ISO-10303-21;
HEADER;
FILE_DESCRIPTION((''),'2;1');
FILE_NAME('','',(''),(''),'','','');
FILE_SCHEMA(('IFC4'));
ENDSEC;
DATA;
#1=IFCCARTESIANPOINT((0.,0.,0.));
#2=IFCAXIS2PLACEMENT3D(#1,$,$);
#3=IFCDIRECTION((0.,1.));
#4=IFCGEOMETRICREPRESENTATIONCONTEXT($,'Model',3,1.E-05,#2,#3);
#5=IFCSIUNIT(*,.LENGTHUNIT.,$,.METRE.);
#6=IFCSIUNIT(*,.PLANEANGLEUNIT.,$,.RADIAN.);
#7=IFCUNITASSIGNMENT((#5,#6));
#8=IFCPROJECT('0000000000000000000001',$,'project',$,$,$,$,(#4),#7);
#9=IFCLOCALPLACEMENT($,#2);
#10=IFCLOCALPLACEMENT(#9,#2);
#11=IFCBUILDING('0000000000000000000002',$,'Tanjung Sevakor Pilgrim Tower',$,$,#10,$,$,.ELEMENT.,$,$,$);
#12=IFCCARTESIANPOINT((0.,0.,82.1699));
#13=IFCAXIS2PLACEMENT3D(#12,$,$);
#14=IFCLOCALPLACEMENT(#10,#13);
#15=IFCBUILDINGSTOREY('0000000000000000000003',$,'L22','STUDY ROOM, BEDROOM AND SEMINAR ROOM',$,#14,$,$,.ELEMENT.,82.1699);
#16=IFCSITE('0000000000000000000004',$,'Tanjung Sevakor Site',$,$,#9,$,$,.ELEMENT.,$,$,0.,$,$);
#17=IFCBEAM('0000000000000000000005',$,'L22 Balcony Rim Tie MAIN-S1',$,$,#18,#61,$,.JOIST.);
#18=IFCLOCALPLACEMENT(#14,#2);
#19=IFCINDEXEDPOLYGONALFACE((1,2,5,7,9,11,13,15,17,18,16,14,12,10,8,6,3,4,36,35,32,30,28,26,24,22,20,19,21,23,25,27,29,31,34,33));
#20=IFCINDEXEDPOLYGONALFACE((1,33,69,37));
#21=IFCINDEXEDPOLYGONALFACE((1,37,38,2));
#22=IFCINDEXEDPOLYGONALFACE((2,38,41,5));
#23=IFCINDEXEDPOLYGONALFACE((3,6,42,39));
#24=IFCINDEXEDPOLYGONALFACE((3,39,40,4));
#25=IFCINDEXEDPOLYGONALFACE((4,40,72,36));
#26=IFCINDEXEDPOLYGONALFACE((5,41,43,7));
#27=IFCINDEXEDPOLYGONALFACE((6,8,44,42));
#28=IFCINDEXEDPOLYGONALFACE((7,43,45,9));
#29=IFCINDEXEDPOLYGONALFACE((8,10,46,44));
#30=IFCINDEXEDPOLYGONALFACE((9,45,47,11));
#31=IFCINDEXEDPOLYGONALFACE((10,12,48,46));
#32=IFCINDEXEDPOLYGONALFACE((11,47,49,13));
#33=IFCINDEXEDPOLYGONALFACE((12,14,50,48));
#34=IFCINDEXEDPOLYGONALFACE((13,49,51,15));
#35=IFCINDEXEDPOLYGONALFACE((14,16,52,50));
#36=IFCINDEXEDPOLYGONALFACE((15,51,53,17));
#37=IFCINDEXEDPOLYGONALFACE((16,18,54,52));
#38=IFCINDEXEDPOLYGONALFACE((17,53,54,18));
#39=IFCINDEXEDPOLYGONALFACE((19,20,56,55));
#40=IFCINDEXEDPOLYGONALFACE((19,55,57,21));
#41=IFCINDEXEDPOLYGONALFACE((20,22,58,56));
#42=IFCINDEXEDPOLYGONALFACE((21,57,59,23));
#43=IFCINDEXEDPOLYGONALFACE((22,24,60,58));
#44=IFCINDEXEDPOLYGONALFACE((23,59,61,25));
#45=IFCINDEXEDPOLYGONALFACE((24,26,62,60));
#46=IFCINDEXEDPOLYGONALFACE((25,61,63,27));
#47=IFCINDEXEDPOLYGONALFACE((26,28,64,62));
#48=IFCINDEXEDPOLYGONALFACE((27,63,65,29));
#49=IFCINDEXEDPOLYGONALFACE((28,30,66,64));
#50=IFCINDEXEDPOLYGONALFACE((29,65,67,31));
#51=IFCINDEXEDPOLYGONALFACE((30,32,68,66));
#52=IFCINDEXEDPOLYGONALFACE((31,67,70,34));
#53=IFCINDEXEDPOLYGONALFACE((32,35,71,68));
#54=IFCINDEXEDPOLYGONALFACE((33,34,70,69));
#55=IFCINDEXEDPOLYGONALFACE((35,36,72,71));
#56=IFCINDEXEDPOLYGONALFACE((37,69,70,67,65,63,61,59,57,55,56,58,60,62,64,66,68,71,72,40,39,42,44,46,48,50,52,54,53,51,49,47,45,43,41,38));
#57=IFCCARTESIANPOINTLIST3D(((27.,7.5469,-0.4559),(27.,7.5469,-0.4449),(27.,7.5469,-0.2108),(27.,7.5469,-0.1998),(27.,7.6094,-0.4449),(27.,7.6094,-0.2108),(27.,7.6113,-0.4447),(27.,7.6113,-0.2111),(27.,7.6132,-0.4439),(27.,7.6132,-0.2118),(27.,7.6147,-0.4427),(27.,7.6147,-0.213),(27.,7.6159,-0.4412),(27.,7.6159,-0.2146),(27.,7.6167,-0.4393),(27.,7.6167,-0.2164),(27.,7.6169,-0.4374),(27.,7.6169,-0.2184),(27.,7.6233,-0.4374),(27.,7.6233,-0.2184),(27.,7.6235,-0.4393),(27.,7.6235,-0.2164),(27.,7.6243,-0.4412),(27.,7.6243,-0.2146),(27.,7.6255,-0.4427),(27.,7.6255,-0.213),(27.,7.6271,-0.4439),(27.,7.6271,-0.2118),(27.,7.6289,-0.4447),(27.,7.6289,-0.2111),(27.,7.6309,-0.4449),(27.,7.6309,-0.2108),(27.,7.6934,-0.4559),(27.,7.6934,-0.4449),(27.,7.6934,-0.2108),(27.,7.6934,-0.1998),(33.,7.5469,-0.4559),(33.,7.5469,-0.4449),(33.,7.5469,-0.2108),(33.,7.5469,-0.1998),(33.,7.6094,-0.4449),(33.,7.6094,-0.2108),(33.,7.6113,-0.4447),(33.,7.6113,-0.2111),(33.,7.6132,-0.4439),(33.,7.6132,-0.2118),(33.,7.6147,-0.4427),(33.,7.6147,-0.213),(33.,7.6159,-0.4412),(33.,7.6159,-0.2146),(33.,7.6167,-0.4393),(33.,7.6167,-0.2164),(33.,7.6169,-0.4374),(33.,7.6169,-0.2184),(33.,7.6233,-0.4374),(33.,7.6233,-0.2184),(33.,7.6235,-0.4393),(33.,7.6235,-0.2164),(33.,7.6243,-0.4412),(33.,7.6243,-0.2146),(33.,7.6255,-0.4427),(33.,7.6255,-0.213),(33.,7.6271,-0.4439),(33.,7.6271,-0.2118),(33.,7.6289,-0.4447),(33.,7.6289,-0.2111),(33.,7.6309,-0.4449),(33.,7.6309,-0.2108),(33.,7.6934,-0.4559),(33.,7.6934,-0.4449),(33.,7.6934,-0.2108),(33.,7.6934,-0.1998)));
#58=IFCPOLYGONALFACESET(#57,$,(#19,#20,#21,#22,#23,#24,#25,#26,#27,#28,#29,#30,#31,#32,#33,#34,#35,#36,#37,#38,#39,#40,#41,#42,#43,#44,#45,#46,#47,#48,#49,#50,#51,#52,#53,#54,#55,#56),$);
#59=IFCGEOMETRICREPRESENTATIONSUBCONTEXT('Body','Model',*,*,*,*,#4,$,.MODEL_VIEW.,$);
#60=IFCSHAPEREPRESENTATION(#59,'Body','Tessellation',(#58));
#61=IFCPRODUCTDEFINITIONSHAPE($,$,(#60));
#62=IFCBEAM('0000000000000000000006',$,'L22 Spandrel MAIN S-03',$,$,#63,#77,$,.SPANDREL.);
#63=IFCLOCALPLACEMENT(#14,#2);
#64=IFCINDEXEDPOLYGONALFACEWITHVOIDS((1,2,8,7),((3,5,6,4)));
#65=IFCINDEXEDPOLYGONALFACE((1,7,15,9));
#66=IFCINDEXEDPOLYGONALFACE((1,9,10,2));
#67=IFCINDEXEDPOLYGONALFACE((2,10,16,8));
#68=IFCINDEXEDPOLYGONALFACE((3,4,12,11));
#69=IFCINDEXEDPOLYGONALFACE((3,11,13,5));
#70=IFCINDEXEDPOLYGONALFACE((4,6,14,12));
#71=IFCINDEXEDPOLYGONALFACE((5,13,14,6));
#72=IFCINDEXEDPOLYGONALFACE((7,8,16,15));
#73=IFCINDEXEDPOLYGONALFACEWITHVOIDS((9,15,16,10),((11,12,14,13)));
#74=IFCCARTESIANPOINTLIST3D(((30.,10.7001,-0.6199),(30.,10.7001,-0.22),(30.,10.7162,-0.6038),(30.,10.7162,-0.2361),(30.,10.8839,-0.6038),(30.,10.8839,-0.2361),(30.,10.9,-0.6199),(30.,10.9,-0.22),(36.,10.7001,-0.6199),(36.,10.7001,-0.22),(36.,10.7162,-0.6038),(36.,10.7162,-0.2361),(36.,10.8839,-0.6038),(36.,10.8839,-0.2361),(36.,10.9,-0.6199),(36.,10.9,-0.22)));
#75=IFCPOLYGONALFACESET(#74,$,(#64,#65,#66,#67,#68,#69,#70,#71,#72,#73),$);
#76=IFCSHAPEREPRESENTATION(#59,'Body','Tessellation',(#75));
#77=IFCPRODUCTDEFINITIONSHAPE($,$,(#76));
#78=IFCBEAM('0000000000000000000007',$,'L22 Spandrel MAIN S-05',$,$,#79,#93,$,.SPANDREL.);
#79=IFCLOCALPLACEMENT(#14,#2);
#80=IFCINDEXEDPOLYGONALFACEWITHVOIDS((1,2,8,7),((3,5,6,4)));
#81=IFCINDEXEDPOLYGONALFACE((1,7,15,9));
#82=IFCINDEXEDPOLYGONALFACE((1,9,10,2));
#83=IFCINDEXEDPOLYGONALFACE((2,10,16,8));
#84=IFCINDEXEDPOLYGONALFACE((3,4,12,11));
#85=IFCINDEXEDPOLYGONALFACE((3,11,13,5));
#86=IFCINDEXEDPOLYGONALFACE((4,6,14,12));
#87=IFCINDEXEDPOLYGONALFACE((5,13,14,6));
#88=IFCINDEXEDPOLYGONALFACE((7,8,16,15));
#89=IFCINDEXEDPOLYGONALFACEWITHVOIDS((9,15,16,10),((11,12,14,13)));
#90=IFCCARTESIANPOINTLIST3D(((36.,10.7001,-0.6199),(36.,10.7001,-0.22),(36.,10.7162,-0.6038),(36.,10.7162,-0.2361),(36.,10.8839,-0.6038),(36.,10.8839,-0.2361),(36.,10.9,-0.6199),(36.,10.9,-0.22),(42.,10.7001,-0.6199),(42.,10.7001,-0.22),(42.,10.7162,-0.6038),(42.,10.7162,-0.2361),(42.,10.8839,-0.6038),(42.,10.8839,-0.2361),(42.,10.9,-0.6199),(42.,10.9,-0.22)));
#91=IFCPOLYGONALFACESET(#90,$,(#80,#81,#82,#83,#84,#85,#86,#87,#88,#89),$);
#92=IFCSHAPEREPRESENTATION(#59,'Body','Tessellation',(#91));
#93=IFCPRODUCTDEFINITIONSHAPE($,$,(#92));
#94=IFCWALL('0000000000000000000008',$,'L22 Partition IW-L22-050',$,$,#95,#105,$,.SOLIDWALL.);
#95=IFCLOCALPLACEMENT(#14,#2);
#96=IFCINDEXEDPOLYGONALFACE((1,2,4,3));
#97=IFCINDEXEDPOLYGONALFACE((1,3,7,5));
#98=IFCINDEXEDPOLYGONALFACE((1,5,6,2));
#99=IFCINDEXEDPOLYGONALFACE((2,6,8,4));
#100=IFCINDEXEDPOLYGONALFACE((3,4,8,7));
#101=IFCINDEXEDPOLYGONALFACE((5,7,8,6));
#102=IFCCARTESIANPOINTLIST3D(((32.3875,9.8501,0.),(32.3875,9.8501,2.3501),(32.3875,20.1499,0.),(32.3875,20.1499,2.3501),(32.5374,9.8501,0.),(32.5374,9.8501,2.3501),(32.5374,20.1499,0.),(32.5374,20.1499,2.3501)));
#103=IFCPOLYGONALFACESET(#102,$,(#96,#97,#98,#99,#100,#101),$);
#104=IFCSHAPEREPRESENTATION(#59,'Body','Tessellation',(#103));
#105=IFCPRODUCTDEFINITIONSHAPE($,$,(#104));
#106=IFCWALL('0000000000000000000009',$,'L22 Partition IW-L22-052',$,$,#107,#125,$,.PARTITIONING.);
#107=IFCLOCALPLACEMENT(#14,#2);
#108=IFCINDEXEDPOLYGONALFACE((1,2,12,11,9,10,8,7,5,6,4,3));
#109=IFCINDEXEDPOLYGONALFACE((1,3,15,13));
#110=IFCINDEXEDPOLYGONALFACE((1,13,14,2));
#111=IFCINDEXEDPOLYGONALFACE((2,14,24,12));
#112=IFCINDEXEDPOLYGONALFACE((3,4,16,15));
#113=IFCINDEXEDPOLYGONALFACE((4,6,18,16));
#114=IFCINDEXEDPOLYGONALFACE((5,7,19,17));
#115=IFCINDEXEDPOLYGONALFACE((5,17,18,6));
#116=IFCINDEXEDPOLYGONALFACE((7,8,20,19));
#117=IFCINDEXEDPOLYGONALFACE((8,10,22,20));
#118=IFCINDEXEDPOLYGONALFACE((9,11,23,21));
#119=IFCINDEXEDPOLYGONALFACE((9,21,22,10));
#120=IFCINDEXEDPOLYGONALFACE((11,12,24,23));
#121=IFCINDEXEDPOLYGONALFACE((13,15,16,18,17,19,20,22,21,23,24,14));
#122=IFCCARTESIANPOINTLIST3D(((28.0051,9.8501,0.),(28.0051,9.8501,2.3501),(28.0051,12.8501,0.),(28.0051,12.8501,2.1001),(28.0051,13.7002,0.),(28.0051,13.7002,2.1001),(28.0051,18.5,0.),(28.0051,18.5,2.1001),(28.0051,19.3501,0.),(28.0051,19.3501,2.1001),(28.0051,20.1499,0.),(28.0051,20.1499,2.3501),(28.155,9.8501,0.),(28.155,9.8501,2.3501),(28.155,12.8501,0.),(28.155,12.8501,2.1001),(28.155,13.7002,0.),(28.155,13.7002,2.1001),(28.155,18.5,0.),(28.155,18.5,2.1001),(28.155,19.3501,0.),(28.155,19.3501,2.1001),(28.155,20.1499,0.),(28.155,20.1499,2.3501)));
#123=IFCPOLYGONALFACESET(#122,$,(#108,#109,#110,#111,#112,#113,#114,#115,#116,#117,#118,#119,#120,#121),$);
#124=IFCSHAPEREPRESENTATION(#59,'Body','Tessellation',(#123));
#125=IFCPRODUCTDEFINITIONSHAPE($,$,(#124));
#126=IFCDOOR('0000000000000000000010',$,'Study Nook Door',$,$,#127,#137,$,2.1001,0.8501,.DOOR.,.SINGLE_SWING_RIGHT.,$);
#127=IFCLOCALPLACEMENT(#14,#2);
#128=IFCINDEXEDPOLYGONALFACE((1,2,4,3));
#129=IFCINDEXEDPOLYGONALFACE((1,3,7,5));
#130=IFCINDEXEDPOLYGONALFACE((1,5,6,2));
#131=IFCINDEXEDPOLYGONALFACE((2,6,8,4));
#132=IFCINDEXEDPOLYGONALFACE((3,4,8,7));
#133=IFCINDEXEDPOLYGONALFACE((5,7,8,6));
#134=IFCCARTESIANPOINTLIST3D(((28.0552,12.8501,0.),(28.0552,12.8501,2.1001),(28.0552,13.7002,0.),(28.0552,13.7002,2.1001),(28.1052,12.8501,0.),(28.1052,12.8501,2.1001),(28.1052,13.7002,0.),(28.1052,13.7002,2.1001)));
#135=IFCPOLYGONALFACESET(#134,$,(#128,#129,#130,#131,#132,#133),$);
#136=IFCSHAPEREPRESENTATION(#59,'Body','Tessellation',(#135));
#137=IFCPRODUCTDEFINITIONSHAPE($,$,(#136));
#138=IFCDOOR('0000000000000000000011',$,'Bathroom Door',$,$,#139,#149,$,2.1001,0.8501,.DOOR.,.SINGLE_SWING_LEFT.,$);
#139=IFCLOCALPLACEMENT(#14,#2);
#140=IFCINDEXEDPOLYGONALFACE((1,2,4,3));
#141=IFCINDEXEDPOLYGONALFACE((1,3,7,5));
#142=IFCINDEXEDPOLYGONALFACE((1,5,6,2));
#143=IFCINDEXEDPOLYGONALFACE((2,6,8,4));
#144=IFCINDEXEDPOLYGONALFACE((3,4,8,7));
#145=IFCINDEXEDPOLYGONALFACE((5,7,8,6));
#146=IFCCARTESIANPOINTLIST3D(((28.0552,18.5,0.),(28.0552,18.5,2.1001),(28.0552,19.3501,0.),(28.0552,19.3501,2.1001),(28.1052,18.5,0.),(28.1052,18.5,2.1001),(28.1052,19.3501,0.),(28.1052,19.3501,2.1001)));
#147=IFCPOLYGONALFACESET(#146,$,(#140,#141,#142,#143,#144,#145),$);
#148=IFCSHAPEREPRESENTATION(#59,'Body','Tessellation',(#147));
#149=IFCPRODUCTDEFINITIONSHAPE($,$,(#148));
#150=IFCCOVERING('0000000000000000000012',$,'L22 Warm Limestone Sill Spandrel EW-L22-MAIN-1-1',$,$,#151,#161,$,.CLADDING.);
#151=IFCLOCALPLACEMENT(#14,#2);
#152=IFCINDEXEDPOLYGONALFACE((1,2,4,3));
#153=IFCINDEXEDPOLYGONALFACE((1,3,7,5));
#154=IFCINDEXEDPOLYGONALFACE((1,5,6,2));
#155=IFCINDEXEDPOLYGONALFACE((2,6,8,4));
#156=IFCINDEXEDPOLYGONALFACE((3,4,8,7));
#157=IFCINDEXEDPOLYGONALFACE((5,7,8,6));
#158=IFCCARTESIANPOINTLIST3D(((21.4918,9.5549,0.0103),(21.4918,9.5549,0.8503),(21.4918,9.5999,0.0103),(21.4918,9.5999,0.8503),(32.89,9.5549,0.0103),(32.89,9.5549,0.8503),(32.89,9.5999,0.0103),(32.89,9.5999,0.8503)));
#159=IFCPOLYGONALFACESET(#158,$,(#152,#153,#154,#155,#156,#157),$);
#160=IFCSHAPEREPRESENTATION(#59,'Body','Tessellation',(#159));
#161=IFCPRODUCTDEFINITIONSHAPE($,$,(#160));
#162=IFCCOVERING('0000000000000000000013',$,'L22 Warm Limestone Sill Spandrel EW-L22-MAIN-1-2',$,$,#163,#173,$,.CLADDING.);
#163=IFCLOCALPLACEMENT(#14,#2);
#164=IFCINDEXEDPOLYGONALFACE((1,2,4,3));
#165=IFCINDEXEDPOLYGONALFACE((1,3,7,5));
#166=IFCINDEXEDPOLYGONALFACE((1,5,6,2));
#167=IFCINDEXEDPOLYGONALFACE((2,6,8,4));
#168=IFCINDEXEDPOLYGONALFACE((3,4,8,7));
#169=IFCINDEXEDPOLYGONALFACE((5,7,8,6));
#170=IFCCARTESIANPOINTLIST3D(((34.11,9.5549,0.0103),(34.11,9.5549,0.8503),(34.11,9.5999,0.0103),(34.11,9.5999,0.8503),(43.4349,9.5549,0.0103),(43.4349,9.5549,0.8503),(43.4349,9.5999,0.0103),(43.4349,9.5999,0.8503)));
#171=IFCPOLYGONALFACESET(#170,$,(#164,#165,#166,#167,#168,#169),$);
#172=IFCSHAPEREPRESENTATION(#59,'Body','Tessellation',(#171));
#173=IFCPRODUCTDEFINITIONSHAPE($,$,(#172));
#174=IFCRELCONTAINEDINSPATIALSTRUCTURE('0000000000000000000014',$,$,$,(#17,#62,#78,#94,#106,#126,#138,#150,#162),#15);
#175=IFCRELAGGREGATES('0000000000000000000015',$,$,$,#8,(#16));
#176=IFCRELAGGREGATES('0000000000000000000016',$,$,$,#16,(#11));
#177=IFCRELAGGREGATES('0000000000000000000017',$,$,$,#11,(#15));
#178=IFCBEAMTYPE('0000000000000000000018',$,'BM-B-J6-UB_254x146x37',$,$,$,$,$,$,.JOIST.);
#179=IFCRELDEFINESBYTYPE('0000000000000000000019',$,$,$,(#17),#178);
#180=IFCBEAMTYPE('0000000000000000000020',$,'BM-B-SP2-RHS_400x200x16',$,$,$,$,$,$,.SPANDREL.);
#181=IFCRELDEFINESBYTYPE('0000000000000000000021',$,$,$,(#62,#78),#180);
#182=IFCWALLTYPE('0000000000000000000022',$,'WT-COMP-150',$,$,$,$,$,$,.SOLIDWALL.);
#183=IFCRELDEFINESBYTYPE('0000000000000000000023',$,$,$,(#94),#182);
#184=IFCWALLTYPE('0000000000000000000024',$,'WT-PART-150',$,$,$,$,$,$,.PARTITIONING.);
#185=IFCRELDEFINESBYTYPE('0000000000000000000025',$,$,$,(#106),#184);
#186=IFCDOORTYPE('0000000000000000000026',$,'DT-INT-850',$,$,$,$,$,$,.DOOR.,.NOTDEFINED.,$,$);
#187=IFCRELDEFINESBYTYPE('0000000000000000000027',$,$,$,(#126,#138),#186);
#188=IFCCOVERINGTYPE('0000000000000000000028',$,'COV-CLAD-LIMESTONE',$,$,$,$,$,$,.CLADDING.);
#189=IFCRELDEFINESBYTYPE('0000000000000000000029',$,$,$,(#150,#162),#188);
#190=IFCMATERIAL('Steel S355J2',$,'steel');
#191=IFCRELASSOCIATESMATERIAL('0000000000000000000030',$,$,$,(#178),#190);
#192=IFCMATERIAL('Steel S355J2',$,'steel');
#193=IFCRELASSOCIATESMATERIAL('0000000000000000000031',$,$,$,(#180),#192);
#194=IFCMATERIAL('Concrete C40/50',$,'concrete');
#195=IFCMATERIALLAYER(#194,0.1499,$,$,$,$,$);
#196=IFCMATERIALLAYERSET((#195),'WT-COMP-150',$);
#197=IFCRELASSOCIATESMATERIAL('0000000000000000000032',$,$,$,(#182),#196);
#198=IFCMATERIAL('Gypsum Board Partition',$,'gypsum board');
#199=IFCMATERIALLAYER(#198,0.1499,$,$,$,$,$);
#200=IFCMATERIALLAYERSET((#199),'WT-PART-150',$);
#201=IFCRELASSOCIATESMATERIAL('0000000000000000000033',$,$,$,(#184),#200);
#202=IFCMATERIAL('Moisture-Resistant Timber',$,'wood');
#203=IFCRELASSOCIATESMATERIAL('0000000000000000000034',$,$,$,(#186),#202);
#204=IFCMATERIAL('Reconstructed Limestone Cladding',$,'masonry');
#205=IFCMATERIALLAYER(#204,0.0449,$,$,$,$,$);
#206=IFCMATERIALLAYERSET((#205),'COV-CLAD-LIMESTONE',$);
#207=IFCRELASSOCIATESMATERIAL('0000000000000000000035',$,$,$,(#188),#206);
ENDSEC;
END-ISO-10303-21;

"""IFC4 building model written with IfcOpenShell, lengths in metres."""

from ifc_helpers import new_model, si_unit, direction, frame, frame_2d, origin, origin_2d, place, context, subcontext, project, spatial, rectangle, hollow_rectangle, i_section, extrude, material, layer, layer_set, material_profile, profile_set, type_object, element, fill, save


model = new_model("IFC4")

# Units and contexts
model_context = context("Model", 3, precision=1e-05, world=origin(), true_north=direction((0.0, 1.0)))
body_context = subcontext(model_context, "Body", "Model", "MODEL_VIEW")
ifc_project = project(units=[si_unit("LENGTHUNIT", "METRE"), si_unit("PLANEANGLEUNIT", "RADIAN")], contexts=[model_context])

# Site, building, storey
site_placement = place(None, origin())
site = spatial("IfcSite", under=ifc_project, at=site_placement, Name="Tanjung Sevakor Site", CompositionType="ELEMENT", RefElevation=0.0)
building_placement = place(site_placement, origin())
building = spatial("IfcBuilding", under=site, at=building_placement, Name="Tanjung Sevakor Pilgrim Tower", CompositionType="ELEMENT")
storey_placement = place(building_placement, frame((0.0, 0.0, 82.1699)))
storey = spatial("IfcBuildingStorey", under=building, at=storey_placement, Name="L22", Description="STUDY ROOM, BEDROOM AND SEMINAR ROOM", CompositionType="ELEMENT", Elevation=82.1699)

# Beams
ifc_material_1 = material(Name="Steel S355J2", Category="steel")
ifc_material_profile_1 = material_profile(ifc_material_1, i_section(OverallWidth=0.1465, OverallDepth=0.2561, WebThickness=0.0063, FlangeThickness=0.011, FilletRadius=0.0076, at=origin_2d()))
ifc_profile_set_1 = profile_set([ifc_material_profile_1], Name="Steel S355J2")
beam_type_1 = type_object("IfcBeamType", Name="BM-B-J6-UB_254x146x37", PredefinedType="JOIST", material=ifc_profile_set_1)
beam_1_placement = place(storey_placement, frame((27.0, 7.6201, -0.3279), z_axis=(1.0, 0.0, 0.0), x_axis=(0.0, 1.0, 0.0)))
element("IfcBeam", 1, at=beam_1_placement, inside=storey, type_object=beam_type_1, Name="L22 Balcony Rim Tie MAIN-S1", PredefinedType="JOIST", context=body_context, shape_type="SweptSolid", body=[
    extrude(i_section(OverallWidth=0.1465, OverallDepth=0.2561, WebThickness=0.0063, FlangeThickness=0.011, FilletRadius=0.0076, at=origin_2d()), origin(), (0.0, 0.0, 1.0), 6.0),
])
ifc_material_2 = material(Name="Steel S355J2", Category="steel")
ifc_material_profile_2 = material_profile(ifc_material_2, hollow_rectangle(XDim=0.2, YDim=0.3999, WallThickness=0.0161, at=origin_2d()))
ifc_profile_set_2 = profile_set([ifc_material_profile_2], Name="Steel S355J2")
beam_type_2 = type_object("IfcBeamType", Name="BM-B-SP2-RHS_400x200x16", PredefinedType="SPANDREL", material=ifc_profile_set_2)
for number, where, z_axis, x_axis, name in (
    (2, (30.0, 10.8, -0.4199), (1.0, 0.0, 0.0), (0.0, 1.0, 0.0), "L22 Spandrel MAIN S-03"),
    (3, (36.0, 10.8, -0.4199), (1.0, 0.0, 0.0), (0.0, 1.0, 0.0), "L22 Spandrel MAIN S-05"),
):
    element("IfcBeam", number, at=place(storey_placement, frame(where, z_axis=z_axis, x_axis=x_axis)), inside=storey, type_object=beam_type_2, Name=name, PredefinedType="SPANDREL", context=body_context, shape_type="SweptSolid", body=[
        extrude(hollow_rectangle(XDim=0.2, YDim=0.3999, WallThickness=0.0161, at=origin_2d()), origin(), (0.0, 0.0, 1.0), 6.0),
    ])

# Wall
ifc_material_3 = material(Name="Concrete C40/50", Category="concrete")
ifc_layer_1 = layer(ifc_material_3, 0.1499)
ifc_layer_set_1 = layer_set([ifc_layer_1], Name="WT-COMP-150")
wall_type_1 = type_object("IfcWallType", Name="WT-COMP-150", PredefinedType="SOLIDWALL", material=ifc_layer_set_1)
wall_1_placement = place(storey_placement, frame((32.4624, 9.8501, 0.0), z_axis=(0.0, 0.0, 1.0), x_axis=(0.0, 1.0, 0.0)))
element("IfcWall", 4, at=wall_1_placement, inside=storey, type_object=wall_type_1, Name="L22 Partition IW-L22-050", PredefinedType="SOLIDWALL", context=body_context, shape_type="SweptSolid", body=[
    extrude(rectangle(XDim=10.2998, YDim=0.1499, at=frame_2d((5.1499, 0.0))), origin(), (0.0, 0.0, 1.0), 2.3501),
])

# Wall, openings, doors
ifc_material_4 = material(Name="Gypsum Board Partition", Category="gypsum board")
ifc_layer_2 = layer(ifc_material_4, 0.1499)
ifc_layer_set_2 = layer_set([ifc_layer_2], Name="WT-PART-150")
wall_type_2 = type_object("IfcWallType", Name="WT-PART-150", PredefinedType="PARTITIONING", material=ifc_layer_set_2)
wall_2_placement = place(storey_placement, frame((28.0801, 9.8501, 0.0), z_axis=(0.0, 0.0, 1.0), x_axis=(0.0, 1.0, 0.0)))
wall_2 = element("IfcWall", 5, at=wall_2_placement, inside=storey, type_object=wall_type_2, Name="L22 Partition IW-L22-052", PredefinedType="PARTITIONING", context=body_context, shape_type="SweptSolid", body=[
    extrude(rectangle(XDim=10.2998, YDim=0.1499, at=frame_2d((5.1499, 0.0))), origin(), (0.0, 0.0, 1.0), 2.3501),
])
opening_1_placement = place(wall_2_placement, frame((3.0, 0.0, 0.0)))
opening_1 = element("IfcOpeningElement", 6, at=opening_1_placement, cuts=wall_2, PredefinedType="OPENING", context=body_context, shape_type="SweptSolid", body=[
    extrude(rectangle(XDim=0.8501, YDim=2.1001, at=frame_2d((0.425, 1.05))), frame((0.0, 0.085, 0.0), z_axis=(0.0, -1.0, 0.0), x_axis=(1.0, 0.0, 0.0)), (0.0, 0.0, 1.0), 0.1699),
])
opening_2_placement = place(wall_2_placement, frame((8.6499, 0.0, 0.0)))
opening_2 = element("IfcOpeningElement", 7, at=opening_2_placement, cuts=wall_2, PredefinedType="OPENING", context=body_context, shape_type="SweptSolid", body=[
    extrude(rectangle(XDim=0.8501, YDim=2.1001, at=frame_2d((0.425, 1.05))), frame((0.0, 0.085, 0.0), z_axis=(0.0, -1.0, 0.0), x_axis=(1.0, 0.0, 0.0)), (0.0, 0.0, 1.0), 0.1699),
])
ifc_material_5 = material(Name="Moisture-Resistant Timber", Category="wood")
door_type = type_object("IfcDoorType", Name="DT-INT-850", OperationType="NOTDEFINED", PredefinedType="DOOR", material=ifc_material_5)
door_1_placement = place(opening_1_placement, origin())
door_1 = element("IfcDoor", 8, at=door_1_placement, inside=storey, type_object=door_type, Name="Study Nook Door", OperationType="SINGLE_SWING_RIGHT", OverallHeight=2.1001, OverallWidth=0.8501, PredefinedType="DOOR", context=body_context, shape_type="SweptSolid", body=[
    extrude(rectangle(XDim=0.8501, YDim=2.1001, at=frame_2d((0.425, 1.05))), frame((0.0, 0.0249, 0.0), z_axis=(0.0, -1.0, 0.0), x_axis=(1.0, 0.0, 0.0)), (0.0, 0.0, 1.0), 0.05),
])
fill(opening_1, door_1)
door_2_placement = place(opening_2_placement, origin())
door_2 = element("IfcDoor", 9, at=door_2_placement, inside=storey, type_object=door_type, Name="Bathroom Door", OperationType="SINGLE_SWING_LEFT", OverallHeight=2.1001, OverallWidth=0.8501, PredefinedType="DOOR", context=body_context, shape_type="SweptSolid", body=[
    extrude(rectangle(XDim=0.8501, YDim=2.1001, at=frame_2d((0.425, 1.05))), frame((0.0, 0.0249, 0.0), z_axis=(0.0, -1.0, 0.0), x_axis=(1.0, 0.0, 0.0)), (0.0, 0.0, 1.0), 0.05),
])
fill(opening_2, door_2)

# Coverings
ifc_material_6 = material(Name="Reconstructed Limestone Cladding", Category="masonry")
ifc_layer_3 = layer(ifc_material_6, 0.0449)
ifc_layer_set_3 = layer_set([ifc_layer_3], Name="COV-CLAD-LIMESTONE")
covering_type = type_object("IfcCoveringType", Name="COV-CLAD-LIMESTONE", PredefinedType="CLADDING", material=ifc_layer_set_3)
covering_1_placement = place(storey_placement, frame((27.1909, 9.5774, 0.0103), z_axis=(0.0, 0.0, 1.0), x_axis=(1.0, 0.0, 0.0)))
element("IfcCovering", 10, at=covering_1_placement, inside=storey, type_object=covering_type, Name="L22 Warm Limestone Sill Spandrel EW-L22-MAIN-1-1", PredefinedType="CLADDING", context=body_context, shape_type="SweptSolid", body=[
    extrude(rectangle(XDim=11.3982, YDim=0.0449, at=origin_2d()), origin(), (0.0, 0.0, 1.0), 0.8401),
])
covering_2_placement = place(storey_placement, frame((38.7725, 9.5774, 0.0103), z_axis=(0.0, 0.0, 1.0), x_axis=(1.0, 0.0, 0.0)))
element("IfcCovering", 11, at=covering_2_placement, inside=storey, type_object=covering_type, Name="L22 Warm Limestone Sill Spandrel EW-L22-MAIN-1-2", PredefinedType="CLADDING", context=body_context, shape_type="SweptSolid", body=[
    extrude(rectangle(XDim=9.325, YDim=0.0449, at=origin_2d()), origin(), (0.0, 0.0, 1.0), 0.8401),
])

save(model, "model.ifc")
